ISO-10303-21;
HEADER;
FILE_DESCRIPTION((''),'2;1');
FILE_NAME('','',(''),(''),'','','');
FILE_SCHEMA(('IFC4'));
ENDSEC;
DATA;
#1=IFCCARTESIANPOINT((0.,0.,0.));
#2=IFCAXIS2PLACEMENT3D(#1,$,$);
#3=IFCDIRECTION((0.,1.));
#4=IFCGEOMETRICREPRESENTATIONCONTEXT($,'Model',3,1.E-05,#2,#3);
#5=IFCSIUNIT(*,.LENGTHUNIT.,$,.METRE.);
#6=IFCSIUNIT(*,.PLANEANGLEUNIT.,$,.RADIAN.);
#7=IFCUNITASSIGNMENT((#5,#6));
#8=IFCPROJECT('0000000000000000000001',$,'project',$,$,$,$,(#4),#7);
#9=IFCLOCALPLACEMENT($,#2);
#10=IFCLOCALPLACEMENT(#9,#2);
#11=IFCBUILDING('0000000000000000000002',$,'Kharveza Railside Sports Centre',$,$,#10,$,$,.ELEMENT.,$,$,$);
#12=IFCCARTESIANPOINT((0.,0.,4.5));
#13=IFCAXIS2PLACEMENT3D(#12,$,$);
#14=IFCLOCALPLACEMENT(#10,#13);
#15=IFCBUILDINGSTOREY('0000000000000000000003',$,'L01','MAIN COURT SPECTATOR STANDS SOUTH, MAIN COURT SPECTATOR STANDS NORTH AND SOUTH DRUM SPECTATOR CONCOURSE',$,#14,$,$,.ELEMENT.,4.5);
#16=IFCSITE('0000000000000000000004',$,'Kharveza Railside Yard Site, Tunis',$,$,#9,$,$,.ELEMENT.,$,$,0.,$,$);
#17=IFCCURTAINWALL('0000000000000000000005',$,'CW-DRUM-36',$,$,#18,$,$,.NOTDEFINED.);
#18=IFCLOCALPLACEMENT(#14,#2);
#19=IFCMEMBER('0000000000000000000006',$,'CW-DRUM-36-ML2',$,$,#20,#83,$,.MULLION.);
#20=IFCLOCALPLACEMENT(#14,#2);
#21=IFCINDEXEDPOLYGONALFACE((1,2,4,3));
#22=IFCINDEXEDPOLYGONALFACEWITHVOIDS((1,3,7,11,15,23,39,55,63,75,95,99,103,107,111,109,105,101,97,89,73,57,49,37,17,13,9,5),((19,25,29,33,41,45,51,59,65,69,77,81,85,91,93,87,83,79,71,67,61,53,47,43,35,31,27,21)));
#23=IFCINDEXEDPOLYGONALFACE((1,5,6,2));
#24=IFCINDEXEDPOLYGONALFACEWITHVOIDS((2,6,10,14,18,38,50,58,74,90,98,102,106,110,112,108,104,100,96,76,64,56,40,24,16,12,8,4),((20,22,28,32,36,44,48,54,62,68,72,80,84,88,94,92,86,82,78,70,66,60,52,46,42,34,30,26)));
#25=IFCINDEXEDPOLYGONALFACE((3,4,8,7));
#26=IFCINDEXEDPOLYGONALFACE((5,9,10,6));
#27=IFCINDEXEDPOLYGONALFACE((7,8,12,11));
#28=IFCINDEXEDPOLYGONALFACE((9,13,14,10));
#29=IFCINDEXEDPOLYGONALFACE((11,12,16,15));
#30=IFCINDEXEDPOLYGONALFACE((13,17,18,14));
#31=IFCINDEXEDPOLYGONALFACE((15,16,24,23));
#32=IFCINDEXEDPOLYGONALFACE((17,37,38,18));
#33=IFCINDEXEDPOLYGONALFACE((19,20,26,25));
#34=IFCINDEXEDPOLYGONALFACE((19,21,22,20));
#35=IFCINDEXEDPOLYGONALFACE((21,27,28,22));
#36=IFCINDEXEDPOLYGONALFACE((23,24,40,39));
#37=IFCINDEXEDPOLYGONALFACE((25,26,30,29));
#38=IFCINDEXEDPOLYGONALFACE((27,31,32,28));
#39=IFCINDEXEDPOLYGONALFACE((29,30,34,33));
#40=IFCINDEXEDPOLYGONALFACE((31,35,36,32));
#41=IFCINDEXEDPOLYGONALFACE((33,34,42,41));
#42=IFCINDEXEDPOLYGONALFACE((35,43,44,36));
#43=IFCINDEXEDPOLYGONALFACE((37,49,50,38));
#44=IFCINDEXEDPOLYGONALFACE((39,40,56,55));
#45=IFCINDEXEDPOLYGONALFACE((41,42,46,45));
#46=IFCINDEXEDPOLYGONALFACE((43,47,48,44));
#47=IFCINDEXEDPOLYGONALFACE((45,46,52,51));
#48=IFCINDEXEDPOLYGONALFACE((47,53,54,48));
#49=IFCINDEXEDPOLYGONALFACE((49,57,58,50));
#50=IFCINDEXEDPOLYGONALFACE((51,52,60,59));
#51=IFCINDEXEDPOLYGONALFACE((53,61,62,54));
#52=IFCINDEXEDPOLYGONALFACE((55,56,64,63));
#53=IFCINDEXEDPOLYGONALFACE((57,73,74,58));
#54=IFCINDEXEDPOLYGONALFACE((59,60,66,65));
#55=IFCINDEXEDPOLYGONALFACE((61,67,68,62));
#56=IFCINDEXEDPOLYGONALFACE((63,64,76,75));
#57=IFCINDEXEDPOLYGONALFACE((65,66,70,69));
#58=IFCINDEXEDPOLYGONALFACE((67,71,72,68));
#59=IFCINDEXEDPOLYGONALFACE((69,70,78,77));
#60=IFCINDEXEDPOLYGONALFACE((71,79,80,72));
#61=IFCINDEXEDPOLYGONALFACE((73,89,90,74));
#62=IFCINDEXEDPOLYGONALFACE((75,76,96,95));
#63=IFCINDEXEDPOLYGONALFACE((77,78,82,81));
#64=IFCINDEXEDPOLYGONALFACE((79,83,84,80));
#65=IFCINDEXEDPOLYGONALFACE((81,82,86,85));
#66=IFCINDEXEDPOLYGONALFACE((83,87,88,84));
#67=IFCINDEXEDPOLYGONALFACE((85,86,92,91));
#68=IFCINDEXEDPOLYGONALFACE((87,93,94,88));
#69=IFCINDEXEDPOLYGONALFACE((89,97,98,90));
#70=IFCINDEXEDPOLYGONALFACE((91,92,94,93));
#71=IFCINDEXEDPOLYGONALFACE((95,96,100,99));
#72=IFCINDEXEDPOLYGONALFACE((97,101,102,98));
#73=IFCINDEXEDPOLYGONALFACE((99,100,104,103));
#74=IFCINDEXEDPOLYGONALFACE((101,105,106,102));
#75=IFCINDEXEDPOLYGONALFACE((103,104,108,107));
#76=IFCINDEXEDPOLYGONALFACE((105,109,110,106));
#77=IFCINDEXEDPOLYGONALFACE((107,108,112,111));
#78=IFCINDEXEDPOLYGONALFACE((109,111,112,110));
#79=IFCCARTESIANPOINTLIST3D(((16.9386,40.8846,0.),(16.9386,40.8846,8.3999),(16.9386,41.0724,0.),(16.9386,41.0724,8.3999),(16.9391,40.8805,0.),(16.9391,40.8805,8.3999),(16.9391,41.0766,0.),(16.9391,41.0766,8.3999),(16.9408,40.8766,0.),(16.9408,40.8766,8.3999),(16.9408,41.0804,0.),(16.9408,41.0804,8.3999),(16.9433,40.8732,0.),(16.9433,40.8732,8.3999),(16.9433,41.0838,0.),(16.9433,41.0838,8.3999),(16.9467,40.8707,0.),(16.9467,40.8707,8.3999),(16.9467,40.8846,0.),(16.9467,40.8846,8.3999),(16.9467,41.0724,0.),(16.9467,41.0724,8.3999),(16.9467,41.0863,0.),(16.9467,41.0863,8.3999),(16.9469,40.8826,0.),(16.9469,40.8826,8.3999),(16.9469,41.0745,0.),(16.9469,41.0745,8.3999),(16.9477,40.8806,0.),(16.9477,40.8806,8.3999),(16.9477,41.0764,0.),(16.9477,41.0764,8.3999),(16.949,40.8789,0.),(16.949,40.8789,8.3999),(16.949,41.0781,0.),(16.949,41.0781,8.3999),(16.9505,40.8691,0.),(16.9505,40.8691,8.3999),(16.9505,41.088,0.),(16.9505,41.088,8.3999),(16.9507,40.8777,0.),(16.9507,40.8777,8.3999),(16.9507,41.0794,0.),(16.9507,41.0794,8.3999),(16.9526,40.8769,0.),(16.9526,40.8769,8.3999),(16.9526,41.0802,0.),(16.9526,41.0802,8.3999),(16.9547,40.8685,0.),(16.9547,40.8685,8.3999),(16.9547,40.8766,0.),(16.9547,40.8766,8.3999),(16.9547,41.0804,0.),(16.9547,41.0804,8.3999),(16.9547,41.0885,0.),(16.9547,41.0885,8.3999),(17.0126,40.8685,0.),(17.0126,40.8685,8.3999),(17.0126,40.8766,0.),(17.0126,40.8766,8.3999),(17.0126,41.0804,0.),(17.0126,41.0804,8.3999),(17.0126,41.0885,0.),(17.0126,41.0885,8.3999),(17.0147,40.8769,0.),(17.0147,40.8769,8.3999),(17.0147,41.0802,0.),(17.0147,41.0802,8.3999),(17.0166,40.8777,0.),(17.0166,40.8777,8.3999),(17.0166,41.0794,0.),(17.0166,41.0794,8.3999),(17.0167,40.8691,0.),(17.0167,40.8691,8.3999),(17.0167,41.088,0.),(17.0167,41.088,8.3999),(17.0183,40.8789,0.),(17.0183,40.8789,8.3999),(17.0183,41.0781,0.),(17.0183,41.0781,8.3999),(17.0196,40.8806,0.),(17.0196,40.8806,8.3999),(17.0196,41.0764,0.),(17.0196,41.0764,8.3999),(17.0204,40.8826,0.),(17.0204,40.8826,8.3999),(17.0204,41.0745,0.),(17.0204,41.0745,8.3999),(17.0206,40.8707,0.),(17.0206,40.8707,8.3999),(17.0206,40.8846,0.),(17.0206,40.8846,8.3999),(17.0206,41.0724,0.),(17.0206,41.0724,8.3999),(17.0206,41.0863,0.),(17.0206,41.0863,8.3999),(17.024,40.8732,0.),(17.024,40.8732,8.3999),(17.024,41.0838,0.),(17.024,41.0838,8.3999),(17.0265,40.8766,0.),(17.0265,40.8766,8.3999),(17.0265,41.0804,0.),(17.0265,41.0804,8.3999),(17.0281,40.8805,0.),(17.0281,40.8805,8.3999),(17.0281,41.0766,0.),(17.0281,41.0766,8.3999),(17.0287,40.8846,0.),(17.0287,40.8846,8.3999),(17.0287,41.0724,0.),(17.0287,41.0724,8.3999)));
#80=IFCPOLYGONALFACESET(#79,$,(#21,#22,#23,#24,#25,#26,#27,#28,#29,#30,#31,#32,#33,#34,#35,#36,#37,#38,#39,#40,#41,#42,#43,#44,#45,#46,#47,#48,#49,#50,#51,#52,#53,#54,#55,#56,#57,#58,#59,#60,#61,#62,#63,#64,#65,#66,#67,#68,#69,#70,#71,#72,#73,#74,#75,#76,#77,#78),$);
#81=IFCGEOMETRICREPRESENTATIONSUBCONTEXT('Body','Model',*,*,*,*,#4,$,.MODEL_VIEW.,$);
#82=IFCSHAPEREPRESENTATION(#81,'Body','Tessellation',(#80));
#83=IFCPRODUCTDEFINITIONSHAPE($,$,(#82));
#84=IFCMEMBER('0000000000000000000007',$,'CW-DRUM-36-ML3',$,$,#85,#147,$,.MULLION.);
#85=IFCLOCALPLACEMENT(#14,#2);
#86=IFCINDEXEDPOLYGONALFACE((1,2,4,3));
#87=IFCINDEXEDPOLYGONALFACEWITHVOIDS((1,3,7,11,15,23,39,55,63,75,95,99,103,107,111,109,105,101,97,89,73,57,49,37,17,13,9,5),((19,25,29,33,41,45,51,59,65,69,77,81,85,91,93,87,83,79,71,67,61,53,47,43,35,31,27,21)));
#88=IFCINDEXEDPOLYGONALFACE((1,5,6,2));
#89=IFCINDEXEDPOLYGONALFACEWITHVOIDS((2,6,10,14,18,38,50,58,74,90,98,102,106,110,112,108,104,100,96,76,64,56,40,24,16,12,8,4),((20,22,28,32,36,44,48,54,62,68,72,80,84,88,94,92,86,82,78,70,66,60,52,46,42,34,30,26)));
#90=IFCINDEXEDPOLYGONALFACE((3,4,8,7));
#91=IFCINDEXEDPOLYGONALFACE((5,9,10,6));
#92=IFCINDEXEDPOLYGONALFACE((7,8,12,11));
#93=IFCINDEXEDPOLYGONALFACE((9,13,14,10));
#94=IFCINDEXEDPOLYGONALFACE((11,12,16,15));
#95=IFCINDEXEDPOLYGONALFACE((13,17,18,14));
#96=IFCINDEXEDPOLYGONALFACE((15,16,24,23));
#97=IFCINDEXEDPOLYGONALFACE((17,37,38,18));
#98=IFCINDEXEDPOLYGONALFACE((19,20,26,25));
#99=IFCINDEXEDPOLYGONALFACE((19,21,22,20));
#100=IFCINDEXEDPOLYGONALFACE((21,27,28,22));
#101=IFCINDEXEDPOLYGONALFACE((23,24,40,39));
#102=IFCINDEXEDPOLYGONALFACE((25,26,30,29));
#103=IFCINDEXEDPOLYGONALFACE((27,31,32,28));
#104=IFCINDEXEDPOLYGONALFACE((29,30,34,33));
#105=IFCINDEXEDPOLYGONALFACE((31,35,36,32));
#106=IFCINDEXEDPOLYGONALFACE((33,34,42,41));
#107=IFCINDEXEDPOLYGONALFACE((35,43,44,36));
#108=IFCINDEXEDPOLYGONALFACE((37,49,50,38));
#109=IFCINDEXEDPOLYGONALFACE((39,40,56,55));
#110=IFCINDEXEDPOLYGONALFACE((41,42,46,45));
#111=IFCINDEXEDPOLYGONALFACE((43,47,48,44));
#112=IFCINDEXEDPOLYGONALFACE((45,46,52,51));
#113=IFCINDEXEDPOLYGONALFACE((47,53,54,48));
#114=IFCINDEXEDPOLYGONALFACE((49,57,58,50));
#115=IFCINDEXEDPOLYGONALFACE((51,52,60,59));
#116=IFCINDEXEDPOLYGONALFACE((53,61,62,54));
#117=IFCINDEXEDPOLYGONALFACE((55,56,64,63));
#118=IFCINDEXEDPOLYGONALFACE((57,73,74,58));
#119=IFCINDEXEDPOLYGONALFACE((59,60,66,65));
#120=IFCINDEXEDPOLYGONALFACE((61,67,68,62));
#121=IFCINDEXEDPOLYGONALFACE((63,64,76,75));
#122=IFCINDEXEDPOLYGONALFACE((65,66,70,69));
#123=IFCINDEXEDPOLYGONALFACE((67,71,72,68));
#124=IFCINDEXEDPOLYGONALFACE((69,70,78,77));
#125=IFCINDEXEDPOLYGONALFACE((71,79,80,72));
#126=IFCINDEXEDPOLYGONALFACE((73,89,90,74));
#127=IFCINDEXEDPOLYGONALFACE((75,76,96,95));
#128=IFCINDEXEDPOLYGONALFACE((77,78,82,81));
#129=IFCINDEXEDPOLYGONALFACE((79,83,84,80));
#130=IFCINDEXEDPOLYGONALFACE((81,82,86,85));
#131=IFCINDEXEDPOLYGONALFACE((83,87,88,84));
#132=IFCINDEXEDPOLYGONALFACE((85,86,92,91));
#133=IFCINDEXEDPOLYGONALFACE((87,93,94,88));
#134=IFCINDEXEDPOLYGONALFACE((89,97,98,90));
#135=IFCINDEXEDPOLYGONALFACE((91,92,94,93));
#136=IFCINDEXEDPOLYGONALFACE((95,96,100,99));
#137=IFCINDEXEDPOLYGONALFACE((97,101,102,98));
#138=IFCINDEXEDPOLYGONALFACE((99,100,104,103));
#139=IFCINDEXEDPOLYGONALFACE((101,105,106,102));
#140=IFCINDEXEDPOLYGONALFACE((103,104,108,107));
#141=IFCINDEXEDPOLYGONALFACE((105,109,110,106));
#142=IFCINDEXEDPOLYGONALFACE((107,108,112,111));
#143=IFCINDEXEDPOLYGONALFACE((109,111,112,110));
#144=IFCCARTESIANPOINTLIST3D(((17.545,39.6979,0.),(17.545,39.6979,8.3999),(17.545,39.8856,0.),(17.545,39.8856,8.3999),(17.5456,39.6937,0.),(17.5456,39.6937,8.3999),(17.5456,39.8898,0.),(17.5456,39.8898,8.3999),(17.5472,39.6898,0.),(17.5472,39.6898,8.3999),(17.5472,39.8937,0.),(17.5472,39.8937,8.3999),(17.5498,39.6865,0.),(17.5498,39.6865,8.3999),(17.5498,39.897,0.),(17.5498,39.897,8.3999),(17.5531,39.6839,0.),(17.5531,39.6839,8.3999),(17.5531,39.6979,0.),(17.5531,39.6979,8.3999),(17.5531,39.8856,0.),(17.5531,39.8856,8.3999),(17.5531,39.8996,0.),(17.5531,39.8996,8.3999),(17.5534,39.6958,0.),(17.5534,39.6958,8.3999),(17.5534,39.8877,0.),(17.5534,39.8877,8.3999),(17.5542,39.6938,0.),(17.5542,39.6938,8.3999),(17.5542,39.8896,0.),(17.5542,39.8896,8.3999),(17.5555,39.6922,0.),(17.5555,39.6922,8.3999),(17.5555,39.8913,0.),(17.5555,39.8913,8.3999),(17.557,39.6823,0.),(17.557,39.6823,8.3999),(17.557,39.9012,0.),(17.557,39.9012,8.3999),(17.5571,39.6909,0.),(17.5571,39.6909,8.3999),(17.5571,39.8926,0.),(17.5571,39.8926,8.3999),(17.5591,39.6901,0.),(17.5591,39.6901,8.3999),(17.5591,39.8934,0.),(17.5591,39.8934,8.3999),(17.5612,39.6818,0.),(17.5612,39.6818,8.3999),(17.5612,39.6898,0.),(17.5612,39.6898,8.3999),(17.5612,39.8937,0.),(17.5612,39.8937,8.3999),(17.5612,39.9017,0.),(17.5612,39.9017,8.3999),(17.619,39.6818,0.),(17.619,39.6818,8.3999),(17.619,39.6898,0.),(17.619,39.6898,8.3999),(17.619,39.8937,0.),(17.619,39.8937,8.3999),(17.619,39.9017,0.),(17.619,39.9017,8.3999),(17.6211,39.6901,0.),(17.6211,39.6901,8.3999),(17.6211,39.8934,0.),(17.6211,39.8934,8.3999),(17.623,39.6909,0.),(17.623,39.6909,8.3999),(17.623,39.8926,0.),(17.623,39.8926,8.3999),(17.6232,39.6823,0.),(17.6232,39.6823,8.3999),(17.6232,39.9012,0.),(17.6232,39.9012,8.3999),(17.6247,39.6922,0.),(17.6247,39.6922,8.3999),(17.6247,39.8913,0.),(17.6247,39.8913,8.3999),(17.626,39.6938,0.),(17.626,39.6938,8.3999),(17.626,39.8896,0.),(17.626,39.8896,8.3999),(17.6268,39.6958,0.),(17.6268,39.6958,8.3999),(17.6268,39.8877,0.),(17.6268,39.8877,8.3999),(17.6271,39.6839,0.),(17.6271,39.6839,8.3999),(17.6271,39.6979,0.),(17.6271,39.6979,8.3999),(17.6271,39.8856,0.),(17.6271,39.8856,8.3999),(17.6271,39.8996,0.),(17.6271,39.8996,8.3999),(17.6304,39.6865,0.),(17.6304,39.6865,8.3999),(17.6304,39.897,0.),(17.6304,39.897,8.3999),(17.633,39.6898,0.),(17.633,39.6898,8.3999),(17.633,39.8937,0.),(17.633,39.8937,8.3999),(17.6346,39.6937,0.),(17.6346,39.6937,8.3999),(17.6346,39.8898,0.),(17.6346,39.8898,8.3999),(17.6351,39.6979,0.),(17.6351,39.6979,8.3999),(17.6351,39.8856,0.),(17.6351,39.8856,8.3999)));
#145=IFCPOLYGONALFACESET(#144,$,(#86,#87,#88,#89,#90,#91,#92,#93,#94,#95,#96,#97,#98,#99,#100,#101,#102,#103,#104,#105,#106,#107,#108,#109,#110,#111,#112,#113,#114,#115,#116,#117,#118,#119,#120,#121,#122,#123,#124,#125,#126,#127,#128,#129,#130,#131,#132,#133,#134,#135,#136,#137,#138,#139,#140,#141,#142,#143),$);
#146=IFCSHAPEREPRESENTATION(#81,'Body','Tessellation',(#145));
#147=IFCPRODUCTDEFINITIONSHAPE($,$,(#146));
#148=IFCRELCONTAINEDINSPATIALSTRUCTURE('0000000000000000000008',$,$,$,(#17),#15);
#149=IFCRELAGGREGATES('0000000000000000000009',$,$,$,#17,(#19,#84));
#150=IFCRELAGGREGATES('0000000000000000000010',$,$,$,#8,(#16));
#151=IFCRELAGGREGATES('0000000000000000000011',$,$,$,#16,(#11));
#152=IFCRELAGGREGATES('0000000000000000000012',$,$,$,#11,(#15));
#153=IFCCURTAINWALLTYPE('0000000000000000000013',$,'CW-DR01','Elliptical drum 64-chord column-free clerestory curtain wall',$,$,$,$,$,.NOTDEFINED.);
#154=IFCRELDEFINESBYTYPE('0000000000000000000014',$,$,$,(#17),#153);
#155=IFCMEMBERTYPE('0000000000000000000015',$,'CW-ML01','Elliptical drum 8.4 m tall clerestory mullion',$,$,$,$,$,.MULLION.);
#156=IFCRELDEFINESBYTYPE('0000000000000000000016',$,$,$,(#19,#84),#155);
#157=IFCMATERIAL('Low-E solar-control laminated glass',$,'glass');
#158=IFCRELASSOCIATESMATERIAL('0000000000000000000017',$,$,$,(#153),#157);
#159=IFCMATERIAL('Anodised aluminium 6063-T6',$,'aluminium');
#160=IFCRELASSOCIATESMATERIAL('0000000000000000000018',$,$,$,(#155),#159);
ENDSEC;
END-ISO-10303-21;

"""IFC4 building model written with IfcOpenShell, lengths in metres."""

from ifc_helpers import new_model, si_unit, direction, frame, origin, origin_2d, place, context, subcontext, project, spatial, hollow_rectangle, extrude, material, material_profile, profile_set, type_object, element, aggregate, save


model = new_model("IFC4")

# Units and contexts
model_context = context("Model", 3, precision=1e-05, world=origin(), true_north=direction((0.0, 1.0)))
body_context = subcontext(model_context, "Body", "Model", "MODEL_VIEW")
ifc_project = project(units=[si_unit("LENGTHUNIT", "METRE"), si_unit("PLANEANGLEUNIT", "RADIAN")], contexts=[model_context])

# Site, building, storey
site_placement = place(None, origin())
site = spatial("IfcSite", under=ifc_project, at=site_placement, Name="Kharveza Railside Yard Site, Tunis", CompositionType="ELEMENT", RefElevation=0.0)
building_placement = place(site_placement, origin())
building = spatial("IfcBuilding", under=site, at=building_placement, Name="Kharveza Railside Sports Centre", CompositionType="ELEMENT")
storey_placement = place(building_placement, frame((0.0, 0.0, 4.5)))
storey = spatial("IfcBuildingStorey", under=building, at=storey_placement, Name="L01", Description="MAIN COURT SPECTATOR STANDS SOUTH, MAIN COURT SPECTATOR STANDS NORTH AND SOUTH DRUM SPECTATOR CONCOURSE", CompositionType="ELEMENT", Elevation=4.5)

# Shared definitions
ifc_material_1 = material(Name="Low-E solar-control laminated glass", Category="glass")
curtain_wall_type = type_object("IfcCurtainWallType", Name="CW-DR01", Description="Elliptical drum 64-chord column-free clerestory curtain wall", PredefinedType="NOTDEFINED", material=ifc_material_1)
ifc_material_2 = material(Name="Anodised aluminium 6063-T6", Category="aluminium")
ifc_material_profile_1 = material_profile(ifc_material_2, hollow_rectangle(XDim=0.0901, YDim=0.22, WallThickness=0.0081, InnerFilletRadius=0.0081, OuterFilletRadius=0.0161, at=origin_2d()), Name="RHS 90x220x8.0")
ifc_profile_set_1 = profile_set([ifc_material_profile_1], Name="Anodised aluminium 6063-T6")
member_type_1 = type_object("IfcMemberType", Name="CW-ML01", Description="Elliptical drum 8.4 m tall clerestory mullion", PredefinedType="MULLION", material=ifc_profile_set_1)

# Curtain wall, members
curtain_wall_1_placement = place(storey_placement, origin())
curtain_wall_1 = element("IfcCurtainWall", 1, at=curtain_wall_1_placement, inside=storey, type_object=curtain_wall_type, Name="CW-DRUM-36", PredefinedType="NOTDEFINED")
member_1_placement = place(storey_placement, frame((16.9836, 40.9785, 0.0), z_axis=(0.0, 0.0, 1.0), x_axis=(1.0, 0.0, 0.0)))
member_1 = element("IfcMember", 2, at=member_1_placement, type_object=member_type_1, Name="CW-DRUM-36-ML2", PredefinedType="MULLION", context=body_context, shape_type="SweptSolid", body=[
    extrude(hollow_rectangle(XDim=0.0901, YDim=0.22, WallThickness=0.0081, InnerFilletRadius=0.0081, OuterFilletRadius=0.0161, at=origin_2d()), origin(), (0.0, 0.0, 1.0), 8.3999),
])
member_2_placement = place(storey_placement, frame((17.5901, 39.7917, 0.0), z_axis=(0.0, 0.0, 1.0), x_axis=(1.0, 0.0, 0.0)))
member_2 = element("IfcMember", 3, at=member_2_placement, type_object=member_type_1, Name="CW-DRUM-36-ML3", PredefinedType="MULLION", context=body_context, shape_type="SweptSolid", body=[
    extrude(hollow_rectangle(XDim=0.0901, YDim=0.22, WallThickness=0.0081, InnerFilletRadius=0.0081, OuterFilletRadius=0.0161, at=origin_2d()), origin(), (0.0, 0.0, 1.0), 8.3999),
])

aggregate(curtain_wall_1, [member_1, member_2])

save(model, "model.ifc")
